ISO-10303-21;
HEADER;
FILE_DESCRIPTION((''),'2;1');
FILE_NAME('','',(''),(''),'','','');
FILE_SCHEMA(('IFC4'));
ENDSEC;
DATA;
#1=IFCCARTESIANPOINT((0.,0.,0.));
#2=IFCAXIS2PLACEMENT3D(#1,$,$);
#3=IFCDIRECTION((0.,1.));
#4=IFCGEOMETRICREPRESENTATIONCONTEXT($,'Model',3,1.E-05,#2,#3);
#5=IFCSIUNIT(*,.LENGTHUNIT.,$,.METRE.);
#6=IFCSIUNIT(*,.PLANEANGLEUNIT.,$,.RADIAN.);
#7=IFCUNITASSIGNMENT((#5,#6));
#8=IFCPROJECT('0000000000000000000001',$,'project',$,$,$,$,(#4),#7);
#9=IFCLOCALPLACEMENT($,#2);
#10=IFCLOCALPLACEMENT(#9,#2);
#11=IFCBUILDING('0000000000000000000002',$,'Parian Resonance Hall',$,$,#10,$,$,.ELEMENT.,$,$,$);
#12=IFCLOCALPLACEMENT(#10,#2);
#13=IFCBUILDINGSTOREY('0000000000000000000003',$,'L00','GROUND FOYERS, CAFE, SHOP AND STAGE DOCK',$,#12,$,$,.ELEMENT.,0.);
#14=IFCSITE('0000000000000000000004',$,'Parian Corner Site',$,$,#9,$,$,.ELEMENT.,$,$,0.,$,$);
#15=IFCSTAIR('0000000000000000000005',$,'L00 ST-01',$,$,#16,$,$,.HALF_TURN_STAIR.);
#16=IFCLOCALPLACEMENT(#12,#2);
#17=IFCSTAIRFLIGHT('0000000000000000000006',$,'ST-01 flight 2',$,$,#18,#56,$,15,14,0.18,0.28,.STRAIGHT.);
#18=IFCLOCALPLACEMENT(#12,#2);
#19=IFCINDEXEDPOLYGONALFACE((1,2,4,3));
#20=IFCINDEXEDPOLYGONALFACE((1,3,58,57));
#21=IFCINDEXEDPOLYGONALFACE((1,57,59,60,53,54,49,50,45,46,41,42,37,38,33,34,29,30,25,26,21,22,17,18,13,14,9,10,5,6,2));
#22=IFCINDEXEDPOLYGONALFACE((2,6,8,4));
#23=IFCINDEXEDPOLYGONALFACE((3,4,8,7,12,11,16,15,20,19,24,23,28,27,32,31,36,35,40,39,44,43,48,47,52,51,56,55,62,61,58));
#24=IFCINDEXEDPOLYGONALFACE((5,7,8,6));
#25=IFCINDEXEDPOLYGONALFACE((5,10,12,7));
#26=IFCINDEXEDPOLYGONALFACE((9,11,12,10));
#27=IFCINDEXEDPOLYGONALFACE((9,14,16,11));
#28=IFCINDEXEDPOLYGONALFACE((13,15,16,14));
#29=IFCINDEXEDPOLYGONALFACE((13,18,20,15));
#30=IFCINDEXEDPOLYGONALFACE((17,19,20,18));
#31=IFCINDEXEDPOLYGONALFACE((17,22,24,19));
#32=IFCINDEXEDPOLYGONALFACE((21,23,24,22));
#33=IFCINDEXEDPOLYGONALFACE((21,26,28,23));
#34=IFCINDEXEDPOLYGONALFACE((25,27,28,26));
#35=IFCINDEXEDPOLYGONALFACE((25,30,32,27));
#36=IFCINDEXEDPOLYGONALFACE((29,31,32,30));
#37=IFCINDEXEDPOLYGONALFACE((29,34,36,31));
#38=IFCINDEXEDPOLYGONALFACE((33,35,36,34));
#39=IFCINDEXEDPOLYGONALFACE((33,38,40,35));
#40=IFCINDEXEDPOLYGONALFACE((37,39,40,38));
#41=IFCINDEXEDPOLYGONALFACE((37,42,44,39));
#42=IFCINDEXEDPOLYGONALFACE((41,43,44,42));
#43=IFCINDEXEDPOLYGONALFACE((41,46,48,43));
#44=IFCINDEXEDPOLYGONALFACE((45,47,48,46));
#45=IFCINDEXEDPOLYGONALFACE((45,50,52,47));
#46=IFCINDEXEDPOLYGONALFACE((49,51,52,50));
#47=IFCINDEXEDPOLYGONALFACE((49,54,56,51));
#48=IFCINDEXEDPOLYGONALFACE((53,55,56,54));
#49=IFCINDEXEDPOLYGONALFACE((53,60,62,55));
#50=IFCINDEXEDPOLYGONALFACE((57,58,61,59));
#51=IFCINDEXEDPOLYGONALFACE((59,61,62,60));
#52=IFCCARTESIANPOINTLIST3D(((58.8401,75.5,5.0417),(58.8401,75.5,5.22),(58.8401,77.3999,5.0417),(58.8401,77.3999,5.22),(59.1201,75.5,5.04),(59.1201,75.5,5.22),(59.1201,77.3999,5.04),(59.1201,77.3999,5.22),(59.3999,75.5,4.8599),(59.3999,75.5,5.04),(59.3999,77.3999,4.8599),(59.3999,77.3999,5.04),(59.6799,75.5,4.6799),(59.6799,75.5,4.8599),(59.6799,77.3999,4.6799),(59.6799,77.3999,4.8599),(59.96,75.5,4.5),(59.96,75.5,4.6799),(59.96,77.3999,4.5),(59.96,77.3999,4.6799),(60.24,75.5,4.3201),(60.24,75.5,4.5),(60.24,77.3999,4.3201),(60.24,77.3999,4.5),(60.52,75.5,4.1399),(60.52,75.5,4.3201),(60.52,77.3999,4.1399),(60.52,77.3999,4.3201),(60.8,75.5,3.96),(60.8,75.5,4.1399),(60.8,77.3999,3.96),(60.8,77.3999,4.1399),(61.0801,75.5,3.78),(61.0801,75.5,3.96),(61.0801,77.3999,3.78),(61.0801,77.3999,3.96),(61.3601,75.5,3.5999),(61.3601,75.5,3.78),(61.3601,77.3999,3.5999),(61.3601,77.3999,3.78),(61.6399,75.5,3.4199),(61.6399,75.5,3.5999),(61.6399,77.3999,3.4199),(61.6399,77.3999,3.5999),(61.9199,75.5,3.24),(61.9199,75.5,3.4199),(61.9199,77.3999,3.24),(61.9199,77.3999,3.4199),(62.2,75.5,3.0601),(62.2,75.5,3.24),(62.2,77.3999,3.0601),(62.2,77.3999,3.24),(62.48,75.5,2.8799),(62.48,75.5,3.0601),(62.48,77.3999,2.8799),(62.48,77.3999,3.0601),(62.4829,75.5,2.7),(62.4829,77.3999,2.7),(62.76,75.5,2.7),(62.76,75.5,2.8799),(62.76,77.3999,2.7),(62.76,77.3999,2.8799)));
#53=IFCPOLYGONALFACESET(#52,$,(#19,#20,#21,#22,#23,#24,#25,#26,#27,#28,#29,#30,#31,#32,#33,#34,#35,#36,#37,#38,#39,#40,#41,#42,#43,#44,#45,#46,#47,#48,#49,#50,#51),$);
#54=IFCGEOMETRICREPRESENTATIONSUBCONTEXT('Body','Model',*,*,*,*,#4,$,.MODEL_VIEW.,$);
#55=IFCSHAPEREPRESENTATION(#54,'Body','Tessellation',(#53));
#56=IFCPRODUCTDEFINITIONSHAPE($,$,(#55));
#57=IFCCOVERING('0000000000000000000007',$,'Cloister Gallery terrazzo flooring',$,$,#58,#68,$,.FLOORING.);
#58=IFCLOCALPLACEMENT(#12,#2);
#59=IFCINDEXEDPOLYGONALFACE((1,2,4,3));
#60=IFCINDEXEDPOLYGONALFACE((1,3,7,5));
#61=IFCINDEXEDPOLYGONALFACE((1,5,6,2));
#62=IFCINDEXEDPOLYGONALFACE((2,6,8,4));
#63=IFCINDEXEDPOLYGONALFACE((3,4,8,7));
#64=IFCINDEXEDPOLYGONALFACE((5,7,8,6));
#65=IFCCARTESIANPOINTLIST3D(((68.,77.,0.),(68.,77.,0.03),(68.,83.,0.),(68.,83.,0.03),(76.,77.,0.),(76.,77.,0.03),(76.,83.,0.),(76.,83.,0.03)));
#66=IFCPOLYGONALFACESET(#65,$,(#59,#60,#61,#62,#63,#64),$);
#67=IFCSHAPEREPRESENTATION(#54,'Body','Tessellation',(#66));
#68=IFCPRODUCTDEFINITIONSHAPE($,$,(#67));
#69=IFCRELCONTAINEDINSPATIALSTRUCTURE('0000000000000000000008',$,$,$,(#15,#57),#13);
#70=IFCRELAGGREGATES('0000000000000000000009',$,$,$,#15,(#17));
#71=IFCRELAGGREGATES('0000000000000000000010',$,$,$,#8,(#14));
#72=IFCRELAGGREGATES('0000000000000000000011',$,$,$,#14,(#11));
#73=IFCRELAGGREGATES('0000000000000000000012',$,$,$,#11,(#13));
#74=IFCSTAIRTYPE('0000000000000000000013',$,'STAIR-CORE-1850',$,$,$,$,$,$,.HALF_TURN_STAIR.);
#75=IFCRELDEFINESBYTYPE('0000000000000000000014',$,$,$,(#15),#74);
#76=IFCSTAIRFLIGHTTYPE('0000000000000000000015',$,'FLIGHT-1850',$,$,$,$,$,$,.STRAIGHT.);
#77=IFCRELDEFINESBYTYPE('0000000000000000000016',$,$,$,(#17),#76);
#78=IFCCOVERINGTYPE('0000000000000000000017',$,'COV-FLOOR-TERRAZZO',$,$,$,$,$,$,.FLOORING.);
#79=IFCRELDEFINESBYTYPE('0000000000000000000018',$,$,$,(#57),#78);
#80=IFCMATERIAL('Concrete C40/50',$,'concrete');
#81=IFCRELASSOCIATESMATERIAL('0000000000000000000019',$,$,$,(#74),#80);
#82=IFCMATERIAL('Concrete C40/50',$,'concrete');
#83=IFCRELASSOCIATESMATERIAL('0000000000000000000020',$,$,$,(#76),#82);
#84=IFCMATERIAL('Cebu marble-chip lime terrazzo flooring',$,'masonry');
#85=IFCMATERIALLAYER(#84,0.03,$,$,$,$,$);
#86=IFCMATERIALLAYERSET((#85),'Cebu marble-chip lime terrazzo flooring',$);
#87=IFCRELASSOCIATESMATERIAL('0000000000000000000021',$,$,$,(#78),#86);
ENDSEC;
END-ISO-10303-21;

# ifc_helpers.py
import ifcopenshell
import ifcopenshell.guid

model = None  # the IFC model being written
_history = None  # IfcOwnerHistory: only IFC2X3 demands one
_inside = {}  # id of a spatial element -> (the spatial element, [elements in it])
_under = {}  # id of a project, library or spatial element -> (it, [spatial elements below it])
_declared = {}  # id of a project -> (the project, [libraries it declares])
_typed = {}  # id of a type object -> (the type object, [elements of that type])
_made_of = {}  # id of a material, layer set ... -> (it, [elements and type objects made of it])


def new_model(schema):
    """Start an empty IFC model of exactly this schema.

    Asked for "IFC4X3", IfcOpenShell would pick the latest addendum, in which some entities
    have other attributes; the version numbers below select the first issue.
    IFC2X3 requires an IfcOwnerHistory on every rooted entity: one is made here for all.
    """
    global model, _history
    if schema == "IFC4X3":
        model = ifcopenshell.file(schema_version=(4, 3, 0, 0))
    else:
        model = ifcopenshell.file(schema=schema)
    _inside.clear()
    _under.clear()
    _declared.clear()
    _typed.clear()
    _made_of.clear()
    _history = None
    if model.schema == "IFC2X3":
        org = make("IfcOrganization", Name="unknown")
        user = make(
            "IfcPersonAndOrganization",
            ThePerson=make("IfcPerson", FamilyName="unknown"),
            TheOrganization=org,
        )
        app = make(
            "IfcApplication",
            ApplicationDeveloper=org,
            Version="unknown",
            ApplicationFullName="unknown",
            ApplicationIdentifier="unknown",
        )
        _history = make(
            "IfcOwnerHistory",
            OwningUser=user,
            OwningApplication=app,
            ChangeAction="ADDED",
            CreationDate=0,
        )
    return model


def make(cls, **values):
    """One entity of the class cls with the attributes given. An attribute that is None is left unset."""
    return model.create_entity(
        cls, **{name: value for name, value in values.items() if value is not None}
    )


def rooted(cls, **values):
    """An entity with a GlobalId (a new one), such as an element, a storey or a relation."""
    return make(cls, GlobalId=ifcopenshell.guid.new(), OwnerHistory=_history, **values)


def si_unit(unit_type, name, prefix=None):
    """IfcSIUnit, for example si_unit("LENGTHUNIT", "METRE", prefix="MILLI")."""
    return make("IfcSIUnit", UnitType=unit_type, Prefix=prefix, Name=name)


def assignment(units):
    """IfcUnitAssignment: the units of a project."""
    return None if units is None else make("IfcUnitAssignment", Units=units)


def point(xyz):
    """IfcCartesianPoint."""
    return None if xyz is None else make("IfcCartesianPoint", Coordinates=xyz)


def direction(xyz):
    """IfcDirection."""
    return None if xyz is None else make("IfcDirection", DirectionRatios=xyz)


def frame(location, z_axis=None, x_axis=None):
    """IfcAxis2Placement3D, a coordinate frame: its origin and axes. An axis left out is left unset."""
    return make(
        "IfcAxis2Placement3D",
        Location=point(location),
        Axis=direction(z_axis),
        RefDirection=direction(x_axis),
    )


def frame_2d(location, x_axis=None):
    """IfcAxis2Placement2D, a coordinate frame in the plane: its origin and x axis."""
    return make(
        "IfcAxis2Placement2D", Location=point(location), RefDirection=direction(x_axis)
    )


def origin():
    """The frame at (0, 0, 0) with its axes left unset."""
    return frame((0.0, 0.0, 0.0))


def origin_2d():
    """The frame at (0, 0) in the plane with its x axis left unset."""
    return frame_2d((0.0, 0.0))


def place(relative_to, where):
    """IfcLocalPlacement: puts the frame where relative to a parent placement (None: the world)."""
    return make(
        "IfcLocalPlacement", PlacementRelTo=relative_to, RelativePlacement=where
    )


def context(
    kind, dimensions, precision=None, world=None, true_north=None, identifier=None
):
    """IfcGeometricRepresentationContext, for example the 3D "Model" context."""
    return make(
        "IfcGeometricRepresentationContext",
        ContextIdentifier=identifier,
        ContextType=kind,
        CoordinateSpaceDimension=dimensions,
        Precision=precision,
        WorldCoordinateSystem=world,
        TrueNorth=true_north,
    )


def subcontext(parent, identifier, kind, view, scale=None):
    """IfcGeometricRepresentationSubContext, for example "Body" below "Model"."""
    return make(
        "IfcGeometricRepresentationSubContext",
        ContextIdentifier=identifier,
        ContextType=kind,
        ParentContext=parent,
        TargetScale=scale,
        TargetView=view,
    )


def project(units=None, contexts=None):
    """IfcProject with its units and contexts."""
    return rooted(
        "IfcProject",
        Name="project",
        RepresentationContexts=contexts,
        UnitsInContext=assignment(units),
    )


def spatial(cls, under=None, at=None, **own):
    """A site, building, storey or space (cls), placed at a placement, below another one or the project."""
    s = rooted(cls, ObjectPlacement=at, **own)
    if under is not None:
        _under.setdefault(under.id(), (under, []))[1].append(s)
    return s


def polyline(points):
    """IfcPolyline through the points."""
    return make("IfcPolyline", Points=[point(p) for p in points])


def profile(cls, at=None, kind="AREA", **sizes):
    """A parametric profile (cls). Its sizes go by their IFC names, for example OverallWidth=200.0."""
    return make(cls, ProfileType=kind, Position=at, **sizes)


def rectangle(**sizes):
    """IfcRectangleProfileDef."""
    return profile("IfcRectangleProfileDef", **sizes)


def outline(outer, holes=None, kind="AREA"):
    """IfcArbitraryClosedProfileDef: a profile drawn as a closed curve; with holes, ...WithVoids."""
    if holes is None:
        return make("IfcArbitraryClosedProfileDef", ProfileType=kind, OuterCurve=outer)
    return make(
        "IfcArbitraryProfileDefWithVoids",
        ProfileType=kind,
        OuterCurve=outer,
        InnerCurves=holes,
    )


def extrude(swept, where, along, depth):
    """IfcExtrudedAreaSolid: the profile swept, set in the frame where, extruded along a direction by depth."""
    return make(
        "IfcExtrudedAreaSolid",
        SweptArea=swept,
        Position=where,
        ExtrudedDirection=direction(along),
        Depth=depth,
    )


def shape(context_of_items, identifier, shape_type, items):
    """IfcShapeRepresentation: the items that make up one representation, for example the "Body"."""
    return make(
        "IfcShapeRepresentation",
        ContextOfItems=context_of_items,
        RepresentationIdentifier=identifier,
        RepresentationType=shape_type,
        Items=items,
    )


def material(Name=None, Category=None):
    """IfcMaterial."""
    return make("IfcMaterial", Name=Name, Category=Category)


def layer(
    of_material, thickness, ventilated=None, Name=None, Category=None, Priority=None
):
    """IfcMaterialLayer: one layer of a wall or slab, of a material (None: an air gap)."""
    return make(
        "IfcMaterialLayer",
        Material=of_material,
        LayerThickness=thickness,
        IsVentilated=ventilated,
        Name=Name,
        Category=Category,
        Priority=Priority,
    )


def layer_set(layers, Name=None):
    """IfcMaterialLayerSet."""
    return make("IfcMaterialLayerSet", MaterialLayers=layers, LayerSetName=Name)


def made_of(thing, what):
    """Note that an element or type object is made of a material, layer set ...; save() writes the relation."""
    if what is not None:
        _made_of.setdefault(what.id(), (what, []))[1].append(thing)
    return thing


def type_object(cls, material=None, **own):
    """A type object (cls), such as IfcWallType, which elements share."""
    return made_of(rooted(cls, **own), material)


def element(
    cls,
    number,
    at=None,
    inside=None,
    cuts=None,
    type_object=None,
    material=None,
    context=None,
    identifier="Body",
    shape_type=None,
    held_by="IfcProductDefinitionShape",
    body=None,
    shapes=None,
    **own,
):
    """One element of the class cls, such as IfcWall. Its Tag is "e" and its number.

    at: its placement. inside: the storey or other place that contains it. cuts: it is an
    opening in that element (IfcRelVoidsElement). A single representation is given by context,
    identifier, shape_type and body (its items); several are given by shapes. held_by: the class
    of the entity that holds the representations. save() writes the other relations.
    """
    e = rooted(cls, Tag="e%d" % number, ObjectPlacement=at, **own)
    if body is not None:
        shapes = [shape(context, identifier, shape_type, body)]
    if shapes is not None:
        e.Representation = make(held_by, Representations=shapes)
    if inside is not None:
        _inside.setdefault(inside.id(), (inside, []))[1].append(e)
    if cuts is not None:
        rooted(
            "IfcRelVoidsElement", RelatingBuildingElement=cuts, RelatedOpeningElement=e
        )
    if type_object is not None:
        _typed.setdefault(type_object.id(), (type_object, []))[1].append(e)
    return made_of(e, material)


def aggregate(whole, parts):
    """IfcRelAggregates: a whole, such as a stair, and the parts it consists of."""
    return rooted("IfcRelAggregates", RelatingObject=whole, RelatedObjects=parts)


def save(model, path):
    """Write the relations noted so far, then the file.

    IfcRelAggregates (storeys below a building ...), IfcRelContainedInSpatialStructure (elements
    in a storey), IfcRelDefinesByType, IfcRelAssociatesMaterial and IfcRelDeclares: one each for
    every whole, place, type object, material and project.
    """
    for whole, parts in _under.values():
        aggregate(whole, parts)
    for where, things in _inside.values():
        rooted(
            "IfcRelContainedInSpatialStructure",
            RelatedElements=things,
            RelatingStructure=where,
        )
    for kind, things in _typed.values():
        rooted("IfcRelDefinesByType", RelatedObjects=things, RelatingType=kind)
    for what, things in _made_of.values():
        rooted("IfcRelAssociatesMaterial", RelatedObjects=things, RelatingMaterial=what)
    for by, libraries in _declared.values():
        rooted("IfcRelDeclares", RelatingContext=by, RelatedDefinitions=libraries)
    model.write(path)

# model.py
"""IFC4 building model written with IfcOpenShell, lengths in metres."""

from ifc_helpers import new_model, si_unit, direction, frame, origin, origin_2d, place, context, subcontext, project, spatial, polyline, rectangle, outline, extrude, material, layer, layer_set, type_object, element, aggregate, save


model = new_model("IFC4")

# Units and contexts
model_context = context("Model", 3, precision=1e-05, world=origin(), true_north=direction((0.0, 1.0)))
body_context = subcontext(model_context, "Body", "Model", "MODEL_VIEW")
ifc_project = project(units=[si_unit("LENGTHUNIT", "METRE"), si_unit("PLANEANGLEUNIT", "RADIAN")], contexts=[model_context])

# Site, building, storey
site_placement = place(None, origin())
site = spatial("IfcSite", under=ifc_project, at=site_placement, Name="Parian Corner Site", CompositionType="ELEMENT", RefElevation=0.0)
building_placement = place(site_placement, origin())
building = spatial("IfcBuilding", under=site, at=building_placement, Name="Parian Resonance Hall", CompositionType="ELEMENT")
storey_placement = place(building_placement, origin())
storey = spatial("IfcBuildingStorey", under=building, at=storey_placement, Name="L00", Description="GROUND FOYERS, CAFE, SHOP AND STAGE DOCK", CompositionType="ELEMENT", Elevation=0.0)

# Stair, stair flight
ifc_material_1 = material(Name="Concrete C40/50", Category="concrete")
stair_type = type_object("IfcStairType", Name="STAIR-CORE-1850", PredefinedType="HALF_TURN_STAIR", material=ifc_material_1)
stair_placement = place(storey_placement, origin())
stair = element("IfcStair", 1, at=stair_placement, inside=storey, type_object=stair_type, Name="L00 ST-01", PredefinedType="HALF_TURN_STAIR")
ifc_material_2 = material(Name="Concrete C40/50", Category="concrete")
stair_flight_type = type_object("IfcStairFlightType", Name="FLIGHT-1850", PredefinedType="STRAIGHT", material=ifc_material_2)
stair_flight_1_placement = place(storey_placement, frame((62.76, 76.45, 2.7), z_axis=(0.0, 0.0, 1.0), x_axis=(-1.0, 0.0, 0.0)))
stair_flight_1 = element("IfcStairFlight", 2, at=stair_flight_1_placement, type_object=stair_flight_type, Name="ST-01 flight 2", NumberOfRisers=15, NumberOfTreads=14, PredefinedType="STRAIGHT", RiserHeight=0.18, TreadLength=0.28, context=body_context, shape_type="SweptSolid", body=[
    extrude(outline(polyline([(0.0, 0.0), (0.0, 0.1799), (0.28, 0.1799), (0.28, 0.3601), (0.5601, 0.3601), (0.5601, 0.54), (0.8401, 0.54), (0.8401, 0.72), (1.1201, 0.72), (1.1201, 0.8999), (1.3999, 0.8999), (1.3999, 1.0801), (1.6799, 1.0801), (1.6799, 1.26), (1.96, 1.26), (1.96, 1.4399), (2.24, 1.4399), (2.24, 1.6201), (2.52, 1.6201), (2.52, 1.8), (2.8, 1.8), (2.8, 1.98), (3.0801, 1.98), (3.0801, 2.1599), (3.3601, 2.1599), (3.3601, 2.3401), (3.6399, 2.3401), (3.6399, 2.52), (3.9199, 2.52), (3.9199, 2.7), (3.9199, 2.3418), (0.2771, 0.0), (0.0, 0.0)])), frame((0.0, 0.95, 0.0), z_axis=(0.0, -1.0, 0.0), x_axis=(1.0, 0.0, 0.0)), (0.0, 0.0, 1.0), 1.8999),
])
aggregate(stair, [stair_flight_1])

# Covering
ifc_material_3 = material(Name="Cebu marble-chip lime terrazzo flooring", Category="masonry")
ifc_layer_1 = layer(ifc_material_3, 0.03)
ifc_layer_set_1 = layer_set([ifc_layer_1], Name="Cebu marble-chip lime terrazzo flooring")
covering_type = type_object("IfcCoveringType", Name="COV-FLOOR-TERRAZZO", PredefinedType="FLOORING", material=ifc_layer_set_1)
covering_placement = place(storey_placement, frame((72.0, 80.0, 0.0), z_axis=(0.0, 0.0, 1.0), x_axis=(1.0, 0.0, 0.0)))
element("IfcCovering", 3, at=covering_placement, inside=storey, type_object=covering_type, Name="Cloister Gallery terrazzo flooring", PredefinedType="FLOORING", context=body_context, shape_type="SweptSolid", body=[
    extrude(rectangle(XDim=8.0, YDim=6.0, at=origin_2d()), origin(), (0.0, 0.0, 1.0), 0.03),
])

save(model, "model.ifc")
